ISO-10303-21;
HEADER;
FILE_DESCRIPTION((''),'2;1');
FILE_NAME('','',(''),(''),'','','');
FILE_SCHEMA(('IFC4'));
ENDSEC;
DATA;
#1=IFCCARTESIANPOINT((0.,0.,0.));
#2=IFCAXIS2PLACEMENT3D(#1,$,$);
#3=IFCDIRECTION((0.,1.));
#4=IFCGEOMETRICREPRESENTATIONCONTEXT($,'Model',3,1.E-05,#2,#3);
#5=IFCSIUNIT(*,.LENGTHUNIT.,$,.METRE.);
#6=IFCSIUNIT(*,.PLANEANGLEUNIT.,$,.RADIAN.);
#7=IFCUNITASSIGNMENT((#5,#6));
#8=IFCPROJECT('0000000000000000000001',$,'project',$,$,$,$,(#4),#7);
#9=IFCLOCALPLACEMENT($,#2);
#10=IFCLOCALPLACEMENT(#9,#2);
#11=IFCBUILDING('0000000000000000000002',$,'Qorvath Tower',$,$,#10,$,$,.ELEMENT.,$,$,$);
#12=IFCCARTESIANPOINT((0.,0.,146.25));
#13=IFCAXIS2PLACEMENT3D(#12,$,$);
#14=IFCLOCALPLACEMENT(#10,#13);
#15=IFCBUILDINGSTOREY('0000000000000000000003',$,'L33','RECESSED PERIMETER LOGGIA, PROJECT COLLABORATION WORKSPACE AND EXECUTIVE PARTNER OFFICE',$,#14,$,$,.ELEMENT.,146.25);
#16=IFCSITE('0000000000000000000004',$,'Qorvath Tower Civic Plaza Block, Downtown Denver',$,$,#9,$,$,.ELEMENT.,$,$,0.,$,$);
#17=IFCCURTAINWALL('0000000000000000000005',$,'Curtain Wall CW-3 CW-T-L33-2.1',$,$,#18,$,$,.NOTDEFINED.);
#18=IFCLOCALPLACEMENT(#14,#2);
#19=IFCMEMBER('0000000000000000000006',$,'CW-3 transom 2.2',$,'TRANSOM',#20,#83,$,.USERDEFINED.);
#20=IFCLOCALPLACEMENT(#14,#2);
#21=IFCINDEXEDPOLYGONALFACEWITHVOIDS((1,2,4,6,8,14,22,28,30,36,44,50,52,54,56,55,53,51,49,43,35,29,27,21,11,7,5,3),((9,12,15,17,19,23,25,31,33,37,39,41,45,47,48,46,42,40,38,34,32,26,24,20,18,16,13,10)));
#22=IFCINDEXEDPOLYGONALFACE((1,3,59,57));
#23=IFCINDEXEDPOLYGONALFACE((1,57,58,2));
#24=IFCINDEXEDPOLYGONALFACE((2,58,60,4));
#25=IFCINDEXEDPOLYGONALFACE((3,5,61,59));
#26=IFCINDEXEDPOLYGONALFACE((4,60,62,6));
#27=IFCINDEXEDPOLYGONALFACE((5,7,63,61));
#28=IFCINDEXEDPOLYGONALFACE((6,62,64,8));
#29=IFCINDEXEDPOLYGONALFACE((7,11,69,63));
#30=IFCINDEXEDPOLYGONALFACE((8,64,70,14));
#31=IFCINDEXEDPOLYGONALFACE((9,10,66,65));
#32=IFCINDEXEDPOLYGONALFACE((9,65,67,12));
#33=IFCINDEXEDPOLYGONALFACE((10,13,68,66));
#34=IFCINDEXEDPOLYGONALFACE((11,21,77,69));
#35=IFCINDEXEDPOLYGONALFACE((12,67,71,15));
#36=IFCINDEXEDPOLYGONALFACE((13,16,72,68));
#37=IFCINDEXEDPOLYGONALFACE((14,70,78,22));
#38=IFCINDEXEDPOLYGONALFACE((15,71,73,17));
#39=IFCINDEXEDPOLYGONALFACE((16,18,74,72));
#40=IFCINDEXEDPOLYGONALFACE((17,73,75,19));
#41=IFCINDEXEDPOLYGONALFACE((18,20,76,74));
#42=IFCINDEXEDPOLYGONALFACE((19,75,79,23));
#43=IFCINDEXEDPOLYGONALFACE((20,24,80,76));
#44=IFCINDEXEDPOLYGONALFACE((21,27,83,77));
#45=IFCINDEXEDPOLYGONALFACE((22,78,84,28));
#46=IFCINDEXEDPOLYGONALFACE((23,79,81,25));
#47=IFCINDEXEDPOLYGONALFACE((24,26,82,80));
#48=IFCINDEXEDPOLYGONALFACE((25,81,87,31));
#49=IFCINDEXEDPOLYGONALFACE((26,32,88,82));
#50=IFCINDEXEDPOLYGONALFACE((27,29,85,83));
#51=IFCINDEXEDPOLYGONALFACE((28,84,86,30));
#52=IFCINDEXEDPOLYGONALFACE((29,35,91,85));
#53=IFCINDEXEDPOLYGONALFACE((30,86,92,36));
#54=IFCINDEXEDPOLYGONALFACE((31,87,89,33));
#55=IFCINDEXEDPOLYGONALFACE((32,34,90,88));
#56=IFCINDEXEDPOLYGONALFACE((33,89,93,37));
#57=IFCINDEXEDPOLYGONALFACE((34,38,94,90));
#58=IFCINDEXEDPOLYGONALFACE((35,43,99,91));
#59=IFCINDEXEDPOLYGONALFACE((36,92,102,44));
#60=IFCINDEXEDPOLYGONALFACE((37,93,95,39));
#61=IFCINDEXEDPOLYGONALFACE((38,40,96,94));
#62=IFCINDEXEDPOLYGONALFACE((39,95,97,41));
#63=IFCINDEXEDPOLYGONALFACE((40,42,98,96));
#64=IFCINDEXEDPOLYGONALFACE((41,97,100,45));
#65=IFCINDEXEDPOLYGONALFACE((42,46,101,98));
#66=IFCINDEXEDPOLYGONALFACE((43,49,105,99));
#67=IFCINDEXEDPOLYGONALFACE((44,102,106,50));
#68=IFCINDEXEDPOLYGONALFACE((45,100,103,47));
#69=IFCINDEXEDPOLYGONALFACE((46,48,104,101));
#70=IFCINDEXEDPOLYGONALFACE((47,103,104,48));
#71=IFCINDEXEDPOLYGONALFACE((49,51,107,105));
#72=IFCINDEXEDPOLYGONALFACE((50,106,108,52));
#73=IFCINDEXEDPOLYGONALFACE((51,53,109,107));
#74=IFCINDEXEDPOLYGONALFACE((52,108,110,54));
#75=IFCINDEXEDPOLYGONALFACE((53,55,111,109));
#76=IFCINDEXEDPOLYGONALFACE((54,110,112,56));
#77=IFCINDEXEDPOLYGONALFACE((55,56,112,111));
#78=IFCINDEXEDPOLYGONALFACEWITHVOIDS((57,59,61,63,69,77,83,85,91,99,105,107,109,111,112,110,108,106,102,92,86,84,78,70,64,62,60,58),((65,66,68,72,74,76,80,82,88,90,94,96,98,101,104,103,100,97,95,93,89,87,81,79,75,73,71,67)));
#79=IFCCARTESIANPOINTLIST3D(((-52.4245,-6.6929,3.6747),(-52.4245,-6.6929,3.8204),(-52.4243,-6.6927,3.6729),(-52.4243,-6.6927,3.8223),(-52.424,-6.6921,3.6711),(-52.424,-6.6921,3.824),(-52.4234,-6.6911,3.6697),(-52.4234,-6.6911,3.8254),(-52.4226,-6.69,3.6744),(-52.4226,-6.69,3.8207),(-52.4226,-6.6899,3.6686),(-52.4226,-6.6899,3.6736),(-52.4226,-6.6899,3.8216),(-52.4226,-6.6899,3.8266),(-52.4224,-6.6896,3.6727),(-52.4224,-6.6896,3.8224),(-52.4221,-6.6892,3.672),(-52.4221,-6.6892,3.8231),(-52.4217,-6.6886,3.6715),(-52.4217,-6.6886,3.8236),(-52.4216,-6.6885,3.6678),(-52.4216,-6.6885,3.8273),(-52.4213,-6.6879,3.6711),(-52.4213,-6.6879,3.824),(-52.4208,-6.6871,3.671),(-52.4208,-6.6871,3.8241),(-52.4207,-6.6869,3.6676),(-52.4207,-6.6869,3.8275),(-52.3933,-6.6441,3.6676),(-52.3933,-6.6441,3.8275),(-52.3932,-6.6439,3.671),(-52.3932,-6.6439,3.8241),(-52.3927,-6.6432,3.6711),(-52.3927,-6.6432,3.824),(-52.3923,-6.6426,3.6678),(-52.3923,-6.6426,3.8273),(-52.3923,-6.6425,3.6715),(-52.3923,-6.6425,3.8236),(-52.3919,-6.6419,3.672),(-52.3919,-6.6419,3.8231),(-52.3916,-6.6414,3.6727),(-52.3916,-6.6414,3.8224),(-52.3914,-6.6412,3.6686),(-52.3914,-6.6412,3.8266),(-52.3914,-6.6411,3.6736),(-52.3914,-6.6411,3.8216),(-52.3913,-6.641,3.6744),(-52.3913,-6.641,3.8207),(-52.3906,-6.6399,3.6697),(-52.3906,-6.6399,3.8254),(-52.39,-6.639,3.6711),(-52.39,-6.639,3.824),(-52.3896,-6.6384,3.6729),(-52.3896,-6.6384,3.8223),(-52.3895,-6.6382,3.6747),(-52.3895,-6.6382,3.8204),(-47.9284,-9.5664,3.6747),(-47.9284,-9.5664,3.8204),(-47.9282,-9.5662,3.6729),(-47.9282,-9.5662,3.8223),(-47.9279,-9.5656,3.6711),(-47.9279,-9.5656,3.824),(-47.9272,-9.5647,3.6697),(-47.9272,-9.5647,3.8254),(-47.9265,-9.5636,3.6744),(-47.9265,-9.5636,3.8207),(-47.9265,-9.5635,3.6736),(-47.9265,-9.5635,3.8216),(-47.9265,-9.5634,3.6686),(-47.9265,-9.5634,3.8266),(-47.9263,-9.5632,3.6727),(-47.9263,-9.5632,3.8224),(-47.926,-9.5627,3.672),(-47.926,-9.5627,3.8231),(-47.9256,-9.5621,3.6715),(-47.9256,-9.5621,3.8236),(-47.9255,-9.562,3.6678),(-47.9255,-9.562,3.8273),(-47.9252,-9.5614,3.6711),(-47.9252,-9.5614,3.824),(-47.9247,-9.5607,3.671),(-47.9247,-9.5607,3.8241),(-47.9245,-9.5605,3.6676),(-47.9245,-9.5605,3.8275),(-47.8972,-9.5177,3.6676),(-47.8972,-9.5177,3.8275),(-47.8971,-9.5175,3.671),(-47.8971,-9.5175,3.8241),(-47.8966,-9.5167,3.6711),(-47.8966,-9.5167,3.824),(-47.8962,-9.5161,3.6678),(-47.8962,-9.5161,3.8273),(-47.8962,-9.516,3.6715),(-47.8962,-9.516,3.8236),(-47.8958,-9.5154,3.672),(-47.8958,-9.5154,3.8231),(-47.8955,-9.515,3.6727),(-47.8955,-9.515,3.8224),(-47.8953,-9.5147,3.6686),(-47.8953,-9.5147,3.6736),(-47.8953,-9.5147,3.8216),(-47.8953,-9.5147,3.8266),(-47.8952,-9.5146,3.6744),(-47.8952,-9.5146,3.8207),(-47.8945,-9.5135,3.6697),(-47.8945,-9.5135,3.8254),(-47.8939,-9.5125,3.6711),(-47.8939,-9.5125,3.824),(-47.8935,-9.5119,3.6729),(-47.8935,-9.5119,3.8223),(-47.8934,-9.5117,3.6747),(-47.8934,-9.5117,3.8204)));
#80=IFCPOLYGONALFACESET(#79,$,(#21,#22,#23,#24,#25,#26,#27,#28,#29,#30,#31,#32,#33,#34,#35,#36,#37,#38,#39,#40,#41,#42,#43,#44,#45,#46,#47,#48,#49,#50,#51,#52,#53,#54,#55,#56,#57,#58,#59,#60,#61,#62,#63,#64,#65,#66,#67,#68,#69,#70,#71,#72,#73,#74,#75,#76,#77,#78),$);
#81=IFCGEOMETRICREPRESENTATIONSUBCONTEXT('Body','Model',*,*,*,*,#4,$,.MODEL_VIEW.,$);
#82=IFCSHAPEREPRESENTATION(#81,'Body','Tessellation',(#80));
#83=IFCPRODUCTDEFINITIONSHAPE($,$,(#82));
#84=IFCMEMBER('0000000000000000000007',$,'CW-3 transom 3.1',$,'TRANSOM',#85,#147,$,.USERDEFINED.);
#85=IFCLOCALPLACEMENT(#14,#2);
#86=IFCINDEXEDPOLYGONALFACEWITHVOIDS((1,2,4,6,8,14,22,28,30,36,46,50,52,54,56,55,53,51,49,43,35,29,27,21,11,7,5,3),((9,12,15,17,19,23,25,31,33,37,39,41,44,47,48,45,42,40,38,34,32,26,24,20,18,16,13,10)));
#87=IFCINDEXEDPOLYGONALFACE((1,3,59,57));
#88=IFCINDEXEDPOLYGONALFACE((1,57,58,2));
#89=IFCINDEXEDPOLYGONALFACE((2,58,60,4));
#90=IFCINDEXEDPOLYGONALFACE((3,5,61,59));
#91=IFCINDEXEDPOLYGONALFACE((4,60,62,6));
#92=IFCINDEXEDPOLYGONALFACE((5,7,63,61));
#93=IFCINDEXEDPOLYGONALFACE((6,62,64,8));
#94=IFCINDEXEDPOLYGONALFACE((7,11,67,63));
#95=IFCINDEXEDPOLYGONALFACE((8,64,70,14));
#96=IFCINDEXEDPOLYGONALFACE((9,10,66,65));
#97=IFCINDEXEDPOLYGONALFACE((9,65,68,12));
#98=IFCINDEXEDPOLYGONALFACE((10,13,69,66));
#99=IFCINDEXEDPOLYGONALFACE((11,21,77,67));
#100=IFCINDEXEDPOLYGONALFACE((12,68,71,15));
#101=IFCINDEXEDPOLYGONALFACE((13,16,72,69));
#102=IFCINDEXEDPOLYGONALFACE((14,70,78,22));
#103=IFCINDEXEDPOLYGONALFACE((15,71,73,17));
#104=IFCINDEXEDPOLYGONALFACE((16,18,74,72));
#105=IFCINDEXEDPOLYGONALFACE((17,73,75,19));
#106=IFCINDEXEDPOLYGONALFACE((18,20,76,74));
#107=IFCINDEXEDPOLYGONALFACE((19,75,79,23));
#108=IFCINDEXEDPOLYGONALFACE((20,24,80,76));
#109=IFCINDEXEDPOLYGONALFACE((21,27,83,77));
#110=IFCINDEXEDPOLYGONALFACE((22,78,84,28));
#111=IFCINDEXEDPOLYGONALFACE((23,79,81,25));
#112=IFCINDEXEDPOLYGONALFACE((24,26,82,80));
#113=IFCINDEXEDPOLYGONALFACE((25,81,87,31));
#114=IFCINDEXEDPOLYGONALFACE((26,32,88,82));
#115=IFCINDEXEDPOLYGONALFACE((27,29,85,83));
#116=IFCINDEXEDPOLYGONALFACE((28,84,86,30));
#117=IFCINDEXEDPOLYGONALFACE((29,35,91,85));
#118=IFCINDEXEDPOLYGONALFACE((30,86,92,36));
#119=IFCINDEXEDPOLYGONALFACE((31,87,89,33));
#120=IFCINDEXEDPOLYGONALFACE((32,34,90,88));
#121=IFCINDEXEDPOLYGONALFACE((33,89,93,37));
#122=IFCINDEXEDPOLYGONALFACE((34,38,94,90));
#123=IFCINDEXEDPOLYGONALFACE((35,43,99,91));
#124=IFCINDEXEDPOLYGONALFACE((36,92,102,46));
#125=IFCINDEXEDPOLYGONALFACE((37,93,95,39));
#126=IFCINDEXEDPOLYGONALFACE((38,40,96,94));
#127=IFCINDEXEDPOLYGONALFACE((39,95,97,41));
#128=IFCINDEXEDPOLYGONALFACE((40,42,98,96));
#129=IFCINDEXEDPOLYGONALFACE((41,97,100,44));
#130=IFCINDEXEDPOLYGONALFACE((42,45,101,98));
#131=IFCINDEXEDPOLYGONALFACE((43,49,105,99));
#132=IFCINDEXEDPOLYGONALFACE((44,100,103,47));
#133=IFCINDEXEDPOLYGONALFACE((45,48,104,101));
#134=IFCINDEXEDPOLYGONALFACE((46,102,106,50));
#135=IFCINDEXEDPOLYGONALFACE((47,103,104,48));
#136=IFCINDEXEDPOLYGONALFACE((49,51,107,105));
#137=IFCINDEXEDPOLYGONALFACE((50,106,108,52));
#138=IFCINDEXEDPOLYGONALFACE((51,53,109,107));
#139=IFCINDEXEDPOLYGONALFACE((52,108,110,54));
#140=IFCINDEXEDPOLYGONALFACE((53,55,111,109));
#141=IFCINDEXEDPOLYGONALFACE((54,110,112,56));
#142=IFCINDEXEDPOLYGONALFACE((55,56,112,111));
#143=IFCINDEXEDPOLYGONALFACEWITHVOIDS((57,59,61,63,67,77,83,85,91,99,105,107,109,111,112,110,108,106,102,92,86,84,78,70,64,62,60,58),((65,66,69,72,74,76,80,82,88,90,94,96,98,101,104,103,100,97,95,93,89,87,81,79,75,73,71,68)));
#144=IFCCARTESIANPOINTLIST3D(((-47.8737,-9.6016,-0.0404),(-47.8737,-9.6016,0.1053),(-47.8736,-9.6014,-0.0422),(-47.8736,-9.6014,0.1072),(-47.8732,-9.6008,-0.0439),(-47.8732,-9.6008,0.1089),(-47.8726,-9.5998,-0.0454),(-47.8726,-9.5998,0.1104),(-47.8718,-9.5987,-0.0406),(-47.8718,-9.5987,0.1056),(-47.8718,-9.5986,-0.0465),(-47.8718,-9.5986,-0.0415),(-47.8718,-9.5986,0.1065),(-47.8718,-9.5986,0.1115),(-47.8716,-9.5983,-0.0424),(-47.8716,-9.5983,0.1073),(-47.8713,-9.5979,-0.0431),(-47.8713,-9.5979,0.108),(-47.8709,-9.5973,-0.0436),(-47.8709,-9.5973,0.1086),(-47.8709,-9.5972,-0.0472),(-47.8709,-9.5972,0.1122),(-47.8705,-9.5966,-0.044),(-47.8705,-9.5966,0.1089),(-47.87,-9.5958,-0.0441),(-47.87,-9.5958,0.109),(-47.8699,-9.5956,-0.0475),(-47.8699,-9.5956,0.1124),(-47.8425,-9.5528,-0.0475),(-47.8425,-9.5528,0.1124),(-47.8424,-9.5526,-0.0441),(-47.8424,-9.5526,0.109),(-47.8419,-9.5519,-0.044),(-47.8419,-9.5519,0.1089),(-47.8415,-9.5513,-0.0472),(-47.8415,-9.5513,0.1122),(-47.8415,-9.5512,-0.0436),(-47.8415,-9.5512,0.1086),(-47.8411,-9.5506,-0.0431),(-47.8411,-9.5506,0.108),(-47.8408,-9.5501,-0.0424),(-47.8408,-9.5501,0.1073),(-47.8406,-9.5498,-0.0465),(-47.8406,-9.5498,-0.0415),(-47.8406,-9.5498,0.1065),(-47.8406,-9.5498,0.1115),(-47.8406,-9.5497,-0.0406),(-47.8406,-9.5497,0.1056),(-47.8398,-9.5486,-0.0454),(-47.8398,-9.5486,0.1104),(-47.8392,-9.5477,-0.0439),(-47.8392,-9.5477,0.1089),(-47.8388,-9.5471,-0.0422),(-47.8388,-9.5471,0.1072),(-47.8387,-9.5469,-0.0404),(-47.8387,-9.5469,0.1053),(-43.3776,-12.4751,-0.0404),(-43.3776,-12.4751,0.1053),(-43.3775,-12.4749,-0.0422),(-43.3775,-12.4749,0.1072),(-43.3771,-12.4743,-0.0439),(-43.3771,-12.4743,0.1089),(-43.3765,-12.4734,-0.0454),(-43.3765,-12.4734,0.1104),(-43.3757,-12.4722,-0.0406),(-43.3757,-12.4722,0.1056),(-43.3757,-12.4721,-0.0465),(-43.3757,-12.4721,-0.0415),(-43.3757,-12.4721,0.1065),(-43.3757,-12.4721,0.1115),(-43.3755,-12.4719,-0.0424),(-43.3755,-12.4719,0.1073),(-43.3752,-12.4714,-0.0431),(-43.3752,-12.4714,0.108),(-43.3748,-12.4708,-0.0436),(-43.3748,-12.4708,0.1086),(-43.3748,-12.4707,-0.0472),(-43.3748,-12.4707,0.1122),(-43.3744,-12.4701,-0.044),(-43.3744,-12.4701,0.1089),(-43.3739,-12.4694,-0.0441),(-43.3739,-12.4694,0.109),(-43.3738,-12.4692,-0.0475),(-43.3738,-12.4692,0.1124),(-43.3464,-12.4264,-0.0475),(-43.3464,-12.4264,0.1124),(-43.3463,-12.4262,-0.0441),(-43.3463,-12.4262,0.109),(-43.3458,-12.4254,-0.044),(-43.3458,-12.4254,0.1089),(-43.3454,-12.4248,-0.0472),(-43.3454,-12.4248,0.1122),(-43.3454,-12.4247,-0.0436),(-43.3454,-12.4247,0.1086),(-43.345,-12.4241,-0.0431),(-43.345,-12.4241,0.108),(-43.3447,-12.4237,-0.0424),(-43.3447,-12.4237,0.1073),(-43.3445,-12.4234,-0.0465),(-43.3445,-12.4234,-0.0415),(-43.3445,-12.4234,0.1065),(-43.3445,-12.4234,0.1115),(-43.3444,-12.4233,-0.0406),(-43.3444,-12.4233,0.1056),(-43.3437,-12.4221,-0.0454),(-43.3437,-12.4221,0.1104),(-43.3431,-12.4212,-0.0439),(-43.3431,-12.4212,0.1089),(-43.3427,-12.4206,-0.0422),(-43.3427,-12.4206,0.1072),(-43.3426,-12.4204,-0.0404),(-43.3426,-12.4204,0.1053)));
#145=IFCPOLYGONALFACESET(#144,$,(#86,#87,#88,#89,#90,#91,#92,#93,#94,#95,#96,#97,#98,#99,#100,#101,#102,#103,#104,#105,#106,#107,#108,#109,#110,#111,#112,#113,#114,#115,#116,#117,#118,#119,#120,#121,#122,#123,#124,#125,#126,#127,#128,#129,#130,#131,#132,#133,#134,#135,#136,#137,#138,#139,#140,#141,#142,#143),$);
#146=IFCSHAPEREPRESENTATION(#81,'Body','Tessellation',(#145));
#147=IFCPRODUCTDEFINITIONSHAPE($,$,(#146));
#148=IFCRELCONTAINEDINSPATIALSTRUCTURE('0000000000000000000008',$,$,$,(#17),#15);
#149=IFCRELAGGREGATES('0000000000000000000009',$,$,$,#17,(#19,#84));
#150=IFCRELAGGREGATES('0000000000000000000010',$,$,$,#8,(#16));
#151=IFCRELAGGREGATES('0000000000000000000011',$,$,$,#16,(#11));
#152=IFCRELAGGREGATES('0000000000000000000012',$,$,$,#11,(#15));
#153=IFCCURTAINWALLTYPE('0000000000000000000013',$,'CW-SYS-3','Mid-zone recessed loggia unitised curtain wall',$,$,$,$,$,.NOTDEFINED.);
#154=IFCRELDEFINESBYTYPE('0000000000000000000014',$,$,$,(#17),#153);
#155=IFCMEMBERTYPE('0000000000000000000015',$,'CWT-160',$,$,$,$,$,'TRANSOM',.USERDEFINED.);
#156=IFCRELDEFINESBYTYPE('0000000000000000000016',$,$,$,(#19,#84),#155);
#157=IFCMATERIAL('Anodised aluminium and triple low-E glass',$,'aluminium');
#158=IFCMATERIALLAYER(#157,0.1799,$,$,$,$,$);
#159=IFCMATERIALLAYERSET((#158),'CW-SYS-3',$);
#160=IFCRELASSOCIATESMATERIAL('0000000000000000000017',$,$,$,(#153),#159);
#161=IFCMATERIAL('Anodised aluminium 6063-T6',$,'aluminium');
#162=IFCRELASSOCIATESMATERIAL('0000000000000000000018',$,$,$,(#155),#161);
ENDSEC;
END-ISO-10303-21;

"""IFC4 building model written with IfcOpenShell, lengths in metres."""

from ifc_helpers import new_model, si_unit, direction, frame, origin, origin_2d, place, context, subcontext, project, spatial, hollow_rectangle, extrude, material, layer, layer_set, material_profile, profile_set, type_object, element, aggregate, save


model = new_model("IFC4")

# Units and contexts
model_context = context("Model", 3, precision=1e-05, world=origin(), true_north=direction((0.0, 1.0)))
body_context = subcontext(model_context, "Body", "Model", "MODEL_VIEW")
ifc_project = project(units=[si_unit("LENGTHUNIT", "METRE"), si_unit("PLANEANGLEUNIT", "RADIAN")], contexts=[model_context])

# Site, building, storey
site_placement = place(None, origin())
site = spatial("IfcSite", under=ifc_project, at=site_placement, Name="Qorvath Tower Civic Plaza Block, Downtown Denver", CompositionType="ELEMENT", RefElevation=0.0)
building_placement = place(site_placement, origin())
building = spatial("IfcBuilding", under=site, at=building_placement, Name="Qorvath Tower", CompositionType="ELEMENT")
storey_placement = place(building_placement, frame((0.0, 0.0, 146.25)))
storey = spatial("IfcBuildingStorey", under=building, at=storey_placement, Name="L33", Description="RECESSED PERIMETER LOGGIA, PROJECT COLLABORATION WORKSPACE AND EXECUTIVE PARTNER OFFICE", CompositionType="ELEMENT", Elevation=146.25)

# Curtain wall, members
ifc_material_1 = material(Name="Anodised aluminium and triple low-E glass", Category="aluminium")
ifc_layer_1 = layer(ifc_material_1, 0.1799)
ifc_layer_set_1 = layer_set([ifc_layer_1], Name="CW-SYS-3")
curtain_wall_type = type_object("IfcCurtainWallType", Name="CW-SYS-3", Description="Mid-zone recessed loggia unitised curtain wall", PredefinedType="NOTDEFINED", material=ifc_layer_set_1)
curtain_wall_placement = place(storey_placement, origin())
curtain_wall = element("IfcCurtainWall", 1, at=curtain_wall_placement, inside=storey, type_object=curtain_wall_type, Name="Curtain Wall CW-3 CW-T-L33-2.1", PredefinedType="NOTDEFINED")
ifc_material_2 = material(Name="Anodised aluminium 6063-T6", Category="aluminium")
ifc_material_profile_1 = material_profile(ifc_material_2, hollow_rectangle(XDim=0.0649, YDim=0.1599, WallThickness=0.0034, InnerFilletRadius=0.0034, OuterFilletRadius=0.0071, at=origin_2d()), Name="CWT 160x65")
ifc_profile_set_1 = profile_set([ifc_material_profile_1], Name="Anodised aluminium 6063-T6")
member_type_1 = type_object("IfcMemberType", Name="CWT-160", ElementType="TRANSOM", PredefinedType="USERDEFINED", material=ifc_profile_set_1)
member_1_placement = place(storey_placement, frame((-52.407, -6.6655, 3.7476), z_axis=(0.842609, -0.538526, 0.0), x_axis=(0.538526, 0.842609, 0.0)))
member_1 = element("IfcMember", 2, at=member_1_placement, type_object=member_type_1, Name="CW-3 transom 2.2", ObjectType="TRANSOM", PredefinedType="USERDEFINED", context=body_context, shape_type="SweptSolid", body=[
    extrude(hollow_rectangle(XDim=0.0649, YDim=0.1599, WallThickness=0.0034, InnerFilletRadius=0.0034, OuterFilletRadius=0.0071, at=origin_2d()), origin(), (0.0, 0.0, 1.0), 5.3359),
])
member_2_placement = place(storey_placement, frame((-47.8562, -9.5742, 0.0325), z_axis=(0.842609, -0.538526, 0.0), x_axis=(0.538526, 0.842609, 0.0)))
member_2 = element("IfcMember", 3, at=member_2_placement, type_object=member_type_1, Name="CW-3 transom 3.1", ObjectType="TRANSOM", PredefinedType="USERDEFINED", context=body_context, shape_type="SweptSolid", body=[
    extrude(hollow_rectangle(XDim=0.0649, YDim=0.1599, WallThickness=0.0034, InnerFilletRadius=0.0034, OuterFilletRadius=0.0071, at=origin_2d()), origin(), (0.0, 0.0, 1.0), 5.3359),
])
aggregate(curtain_wall, [member_1, member_2])

save(model, "model.ifc")
